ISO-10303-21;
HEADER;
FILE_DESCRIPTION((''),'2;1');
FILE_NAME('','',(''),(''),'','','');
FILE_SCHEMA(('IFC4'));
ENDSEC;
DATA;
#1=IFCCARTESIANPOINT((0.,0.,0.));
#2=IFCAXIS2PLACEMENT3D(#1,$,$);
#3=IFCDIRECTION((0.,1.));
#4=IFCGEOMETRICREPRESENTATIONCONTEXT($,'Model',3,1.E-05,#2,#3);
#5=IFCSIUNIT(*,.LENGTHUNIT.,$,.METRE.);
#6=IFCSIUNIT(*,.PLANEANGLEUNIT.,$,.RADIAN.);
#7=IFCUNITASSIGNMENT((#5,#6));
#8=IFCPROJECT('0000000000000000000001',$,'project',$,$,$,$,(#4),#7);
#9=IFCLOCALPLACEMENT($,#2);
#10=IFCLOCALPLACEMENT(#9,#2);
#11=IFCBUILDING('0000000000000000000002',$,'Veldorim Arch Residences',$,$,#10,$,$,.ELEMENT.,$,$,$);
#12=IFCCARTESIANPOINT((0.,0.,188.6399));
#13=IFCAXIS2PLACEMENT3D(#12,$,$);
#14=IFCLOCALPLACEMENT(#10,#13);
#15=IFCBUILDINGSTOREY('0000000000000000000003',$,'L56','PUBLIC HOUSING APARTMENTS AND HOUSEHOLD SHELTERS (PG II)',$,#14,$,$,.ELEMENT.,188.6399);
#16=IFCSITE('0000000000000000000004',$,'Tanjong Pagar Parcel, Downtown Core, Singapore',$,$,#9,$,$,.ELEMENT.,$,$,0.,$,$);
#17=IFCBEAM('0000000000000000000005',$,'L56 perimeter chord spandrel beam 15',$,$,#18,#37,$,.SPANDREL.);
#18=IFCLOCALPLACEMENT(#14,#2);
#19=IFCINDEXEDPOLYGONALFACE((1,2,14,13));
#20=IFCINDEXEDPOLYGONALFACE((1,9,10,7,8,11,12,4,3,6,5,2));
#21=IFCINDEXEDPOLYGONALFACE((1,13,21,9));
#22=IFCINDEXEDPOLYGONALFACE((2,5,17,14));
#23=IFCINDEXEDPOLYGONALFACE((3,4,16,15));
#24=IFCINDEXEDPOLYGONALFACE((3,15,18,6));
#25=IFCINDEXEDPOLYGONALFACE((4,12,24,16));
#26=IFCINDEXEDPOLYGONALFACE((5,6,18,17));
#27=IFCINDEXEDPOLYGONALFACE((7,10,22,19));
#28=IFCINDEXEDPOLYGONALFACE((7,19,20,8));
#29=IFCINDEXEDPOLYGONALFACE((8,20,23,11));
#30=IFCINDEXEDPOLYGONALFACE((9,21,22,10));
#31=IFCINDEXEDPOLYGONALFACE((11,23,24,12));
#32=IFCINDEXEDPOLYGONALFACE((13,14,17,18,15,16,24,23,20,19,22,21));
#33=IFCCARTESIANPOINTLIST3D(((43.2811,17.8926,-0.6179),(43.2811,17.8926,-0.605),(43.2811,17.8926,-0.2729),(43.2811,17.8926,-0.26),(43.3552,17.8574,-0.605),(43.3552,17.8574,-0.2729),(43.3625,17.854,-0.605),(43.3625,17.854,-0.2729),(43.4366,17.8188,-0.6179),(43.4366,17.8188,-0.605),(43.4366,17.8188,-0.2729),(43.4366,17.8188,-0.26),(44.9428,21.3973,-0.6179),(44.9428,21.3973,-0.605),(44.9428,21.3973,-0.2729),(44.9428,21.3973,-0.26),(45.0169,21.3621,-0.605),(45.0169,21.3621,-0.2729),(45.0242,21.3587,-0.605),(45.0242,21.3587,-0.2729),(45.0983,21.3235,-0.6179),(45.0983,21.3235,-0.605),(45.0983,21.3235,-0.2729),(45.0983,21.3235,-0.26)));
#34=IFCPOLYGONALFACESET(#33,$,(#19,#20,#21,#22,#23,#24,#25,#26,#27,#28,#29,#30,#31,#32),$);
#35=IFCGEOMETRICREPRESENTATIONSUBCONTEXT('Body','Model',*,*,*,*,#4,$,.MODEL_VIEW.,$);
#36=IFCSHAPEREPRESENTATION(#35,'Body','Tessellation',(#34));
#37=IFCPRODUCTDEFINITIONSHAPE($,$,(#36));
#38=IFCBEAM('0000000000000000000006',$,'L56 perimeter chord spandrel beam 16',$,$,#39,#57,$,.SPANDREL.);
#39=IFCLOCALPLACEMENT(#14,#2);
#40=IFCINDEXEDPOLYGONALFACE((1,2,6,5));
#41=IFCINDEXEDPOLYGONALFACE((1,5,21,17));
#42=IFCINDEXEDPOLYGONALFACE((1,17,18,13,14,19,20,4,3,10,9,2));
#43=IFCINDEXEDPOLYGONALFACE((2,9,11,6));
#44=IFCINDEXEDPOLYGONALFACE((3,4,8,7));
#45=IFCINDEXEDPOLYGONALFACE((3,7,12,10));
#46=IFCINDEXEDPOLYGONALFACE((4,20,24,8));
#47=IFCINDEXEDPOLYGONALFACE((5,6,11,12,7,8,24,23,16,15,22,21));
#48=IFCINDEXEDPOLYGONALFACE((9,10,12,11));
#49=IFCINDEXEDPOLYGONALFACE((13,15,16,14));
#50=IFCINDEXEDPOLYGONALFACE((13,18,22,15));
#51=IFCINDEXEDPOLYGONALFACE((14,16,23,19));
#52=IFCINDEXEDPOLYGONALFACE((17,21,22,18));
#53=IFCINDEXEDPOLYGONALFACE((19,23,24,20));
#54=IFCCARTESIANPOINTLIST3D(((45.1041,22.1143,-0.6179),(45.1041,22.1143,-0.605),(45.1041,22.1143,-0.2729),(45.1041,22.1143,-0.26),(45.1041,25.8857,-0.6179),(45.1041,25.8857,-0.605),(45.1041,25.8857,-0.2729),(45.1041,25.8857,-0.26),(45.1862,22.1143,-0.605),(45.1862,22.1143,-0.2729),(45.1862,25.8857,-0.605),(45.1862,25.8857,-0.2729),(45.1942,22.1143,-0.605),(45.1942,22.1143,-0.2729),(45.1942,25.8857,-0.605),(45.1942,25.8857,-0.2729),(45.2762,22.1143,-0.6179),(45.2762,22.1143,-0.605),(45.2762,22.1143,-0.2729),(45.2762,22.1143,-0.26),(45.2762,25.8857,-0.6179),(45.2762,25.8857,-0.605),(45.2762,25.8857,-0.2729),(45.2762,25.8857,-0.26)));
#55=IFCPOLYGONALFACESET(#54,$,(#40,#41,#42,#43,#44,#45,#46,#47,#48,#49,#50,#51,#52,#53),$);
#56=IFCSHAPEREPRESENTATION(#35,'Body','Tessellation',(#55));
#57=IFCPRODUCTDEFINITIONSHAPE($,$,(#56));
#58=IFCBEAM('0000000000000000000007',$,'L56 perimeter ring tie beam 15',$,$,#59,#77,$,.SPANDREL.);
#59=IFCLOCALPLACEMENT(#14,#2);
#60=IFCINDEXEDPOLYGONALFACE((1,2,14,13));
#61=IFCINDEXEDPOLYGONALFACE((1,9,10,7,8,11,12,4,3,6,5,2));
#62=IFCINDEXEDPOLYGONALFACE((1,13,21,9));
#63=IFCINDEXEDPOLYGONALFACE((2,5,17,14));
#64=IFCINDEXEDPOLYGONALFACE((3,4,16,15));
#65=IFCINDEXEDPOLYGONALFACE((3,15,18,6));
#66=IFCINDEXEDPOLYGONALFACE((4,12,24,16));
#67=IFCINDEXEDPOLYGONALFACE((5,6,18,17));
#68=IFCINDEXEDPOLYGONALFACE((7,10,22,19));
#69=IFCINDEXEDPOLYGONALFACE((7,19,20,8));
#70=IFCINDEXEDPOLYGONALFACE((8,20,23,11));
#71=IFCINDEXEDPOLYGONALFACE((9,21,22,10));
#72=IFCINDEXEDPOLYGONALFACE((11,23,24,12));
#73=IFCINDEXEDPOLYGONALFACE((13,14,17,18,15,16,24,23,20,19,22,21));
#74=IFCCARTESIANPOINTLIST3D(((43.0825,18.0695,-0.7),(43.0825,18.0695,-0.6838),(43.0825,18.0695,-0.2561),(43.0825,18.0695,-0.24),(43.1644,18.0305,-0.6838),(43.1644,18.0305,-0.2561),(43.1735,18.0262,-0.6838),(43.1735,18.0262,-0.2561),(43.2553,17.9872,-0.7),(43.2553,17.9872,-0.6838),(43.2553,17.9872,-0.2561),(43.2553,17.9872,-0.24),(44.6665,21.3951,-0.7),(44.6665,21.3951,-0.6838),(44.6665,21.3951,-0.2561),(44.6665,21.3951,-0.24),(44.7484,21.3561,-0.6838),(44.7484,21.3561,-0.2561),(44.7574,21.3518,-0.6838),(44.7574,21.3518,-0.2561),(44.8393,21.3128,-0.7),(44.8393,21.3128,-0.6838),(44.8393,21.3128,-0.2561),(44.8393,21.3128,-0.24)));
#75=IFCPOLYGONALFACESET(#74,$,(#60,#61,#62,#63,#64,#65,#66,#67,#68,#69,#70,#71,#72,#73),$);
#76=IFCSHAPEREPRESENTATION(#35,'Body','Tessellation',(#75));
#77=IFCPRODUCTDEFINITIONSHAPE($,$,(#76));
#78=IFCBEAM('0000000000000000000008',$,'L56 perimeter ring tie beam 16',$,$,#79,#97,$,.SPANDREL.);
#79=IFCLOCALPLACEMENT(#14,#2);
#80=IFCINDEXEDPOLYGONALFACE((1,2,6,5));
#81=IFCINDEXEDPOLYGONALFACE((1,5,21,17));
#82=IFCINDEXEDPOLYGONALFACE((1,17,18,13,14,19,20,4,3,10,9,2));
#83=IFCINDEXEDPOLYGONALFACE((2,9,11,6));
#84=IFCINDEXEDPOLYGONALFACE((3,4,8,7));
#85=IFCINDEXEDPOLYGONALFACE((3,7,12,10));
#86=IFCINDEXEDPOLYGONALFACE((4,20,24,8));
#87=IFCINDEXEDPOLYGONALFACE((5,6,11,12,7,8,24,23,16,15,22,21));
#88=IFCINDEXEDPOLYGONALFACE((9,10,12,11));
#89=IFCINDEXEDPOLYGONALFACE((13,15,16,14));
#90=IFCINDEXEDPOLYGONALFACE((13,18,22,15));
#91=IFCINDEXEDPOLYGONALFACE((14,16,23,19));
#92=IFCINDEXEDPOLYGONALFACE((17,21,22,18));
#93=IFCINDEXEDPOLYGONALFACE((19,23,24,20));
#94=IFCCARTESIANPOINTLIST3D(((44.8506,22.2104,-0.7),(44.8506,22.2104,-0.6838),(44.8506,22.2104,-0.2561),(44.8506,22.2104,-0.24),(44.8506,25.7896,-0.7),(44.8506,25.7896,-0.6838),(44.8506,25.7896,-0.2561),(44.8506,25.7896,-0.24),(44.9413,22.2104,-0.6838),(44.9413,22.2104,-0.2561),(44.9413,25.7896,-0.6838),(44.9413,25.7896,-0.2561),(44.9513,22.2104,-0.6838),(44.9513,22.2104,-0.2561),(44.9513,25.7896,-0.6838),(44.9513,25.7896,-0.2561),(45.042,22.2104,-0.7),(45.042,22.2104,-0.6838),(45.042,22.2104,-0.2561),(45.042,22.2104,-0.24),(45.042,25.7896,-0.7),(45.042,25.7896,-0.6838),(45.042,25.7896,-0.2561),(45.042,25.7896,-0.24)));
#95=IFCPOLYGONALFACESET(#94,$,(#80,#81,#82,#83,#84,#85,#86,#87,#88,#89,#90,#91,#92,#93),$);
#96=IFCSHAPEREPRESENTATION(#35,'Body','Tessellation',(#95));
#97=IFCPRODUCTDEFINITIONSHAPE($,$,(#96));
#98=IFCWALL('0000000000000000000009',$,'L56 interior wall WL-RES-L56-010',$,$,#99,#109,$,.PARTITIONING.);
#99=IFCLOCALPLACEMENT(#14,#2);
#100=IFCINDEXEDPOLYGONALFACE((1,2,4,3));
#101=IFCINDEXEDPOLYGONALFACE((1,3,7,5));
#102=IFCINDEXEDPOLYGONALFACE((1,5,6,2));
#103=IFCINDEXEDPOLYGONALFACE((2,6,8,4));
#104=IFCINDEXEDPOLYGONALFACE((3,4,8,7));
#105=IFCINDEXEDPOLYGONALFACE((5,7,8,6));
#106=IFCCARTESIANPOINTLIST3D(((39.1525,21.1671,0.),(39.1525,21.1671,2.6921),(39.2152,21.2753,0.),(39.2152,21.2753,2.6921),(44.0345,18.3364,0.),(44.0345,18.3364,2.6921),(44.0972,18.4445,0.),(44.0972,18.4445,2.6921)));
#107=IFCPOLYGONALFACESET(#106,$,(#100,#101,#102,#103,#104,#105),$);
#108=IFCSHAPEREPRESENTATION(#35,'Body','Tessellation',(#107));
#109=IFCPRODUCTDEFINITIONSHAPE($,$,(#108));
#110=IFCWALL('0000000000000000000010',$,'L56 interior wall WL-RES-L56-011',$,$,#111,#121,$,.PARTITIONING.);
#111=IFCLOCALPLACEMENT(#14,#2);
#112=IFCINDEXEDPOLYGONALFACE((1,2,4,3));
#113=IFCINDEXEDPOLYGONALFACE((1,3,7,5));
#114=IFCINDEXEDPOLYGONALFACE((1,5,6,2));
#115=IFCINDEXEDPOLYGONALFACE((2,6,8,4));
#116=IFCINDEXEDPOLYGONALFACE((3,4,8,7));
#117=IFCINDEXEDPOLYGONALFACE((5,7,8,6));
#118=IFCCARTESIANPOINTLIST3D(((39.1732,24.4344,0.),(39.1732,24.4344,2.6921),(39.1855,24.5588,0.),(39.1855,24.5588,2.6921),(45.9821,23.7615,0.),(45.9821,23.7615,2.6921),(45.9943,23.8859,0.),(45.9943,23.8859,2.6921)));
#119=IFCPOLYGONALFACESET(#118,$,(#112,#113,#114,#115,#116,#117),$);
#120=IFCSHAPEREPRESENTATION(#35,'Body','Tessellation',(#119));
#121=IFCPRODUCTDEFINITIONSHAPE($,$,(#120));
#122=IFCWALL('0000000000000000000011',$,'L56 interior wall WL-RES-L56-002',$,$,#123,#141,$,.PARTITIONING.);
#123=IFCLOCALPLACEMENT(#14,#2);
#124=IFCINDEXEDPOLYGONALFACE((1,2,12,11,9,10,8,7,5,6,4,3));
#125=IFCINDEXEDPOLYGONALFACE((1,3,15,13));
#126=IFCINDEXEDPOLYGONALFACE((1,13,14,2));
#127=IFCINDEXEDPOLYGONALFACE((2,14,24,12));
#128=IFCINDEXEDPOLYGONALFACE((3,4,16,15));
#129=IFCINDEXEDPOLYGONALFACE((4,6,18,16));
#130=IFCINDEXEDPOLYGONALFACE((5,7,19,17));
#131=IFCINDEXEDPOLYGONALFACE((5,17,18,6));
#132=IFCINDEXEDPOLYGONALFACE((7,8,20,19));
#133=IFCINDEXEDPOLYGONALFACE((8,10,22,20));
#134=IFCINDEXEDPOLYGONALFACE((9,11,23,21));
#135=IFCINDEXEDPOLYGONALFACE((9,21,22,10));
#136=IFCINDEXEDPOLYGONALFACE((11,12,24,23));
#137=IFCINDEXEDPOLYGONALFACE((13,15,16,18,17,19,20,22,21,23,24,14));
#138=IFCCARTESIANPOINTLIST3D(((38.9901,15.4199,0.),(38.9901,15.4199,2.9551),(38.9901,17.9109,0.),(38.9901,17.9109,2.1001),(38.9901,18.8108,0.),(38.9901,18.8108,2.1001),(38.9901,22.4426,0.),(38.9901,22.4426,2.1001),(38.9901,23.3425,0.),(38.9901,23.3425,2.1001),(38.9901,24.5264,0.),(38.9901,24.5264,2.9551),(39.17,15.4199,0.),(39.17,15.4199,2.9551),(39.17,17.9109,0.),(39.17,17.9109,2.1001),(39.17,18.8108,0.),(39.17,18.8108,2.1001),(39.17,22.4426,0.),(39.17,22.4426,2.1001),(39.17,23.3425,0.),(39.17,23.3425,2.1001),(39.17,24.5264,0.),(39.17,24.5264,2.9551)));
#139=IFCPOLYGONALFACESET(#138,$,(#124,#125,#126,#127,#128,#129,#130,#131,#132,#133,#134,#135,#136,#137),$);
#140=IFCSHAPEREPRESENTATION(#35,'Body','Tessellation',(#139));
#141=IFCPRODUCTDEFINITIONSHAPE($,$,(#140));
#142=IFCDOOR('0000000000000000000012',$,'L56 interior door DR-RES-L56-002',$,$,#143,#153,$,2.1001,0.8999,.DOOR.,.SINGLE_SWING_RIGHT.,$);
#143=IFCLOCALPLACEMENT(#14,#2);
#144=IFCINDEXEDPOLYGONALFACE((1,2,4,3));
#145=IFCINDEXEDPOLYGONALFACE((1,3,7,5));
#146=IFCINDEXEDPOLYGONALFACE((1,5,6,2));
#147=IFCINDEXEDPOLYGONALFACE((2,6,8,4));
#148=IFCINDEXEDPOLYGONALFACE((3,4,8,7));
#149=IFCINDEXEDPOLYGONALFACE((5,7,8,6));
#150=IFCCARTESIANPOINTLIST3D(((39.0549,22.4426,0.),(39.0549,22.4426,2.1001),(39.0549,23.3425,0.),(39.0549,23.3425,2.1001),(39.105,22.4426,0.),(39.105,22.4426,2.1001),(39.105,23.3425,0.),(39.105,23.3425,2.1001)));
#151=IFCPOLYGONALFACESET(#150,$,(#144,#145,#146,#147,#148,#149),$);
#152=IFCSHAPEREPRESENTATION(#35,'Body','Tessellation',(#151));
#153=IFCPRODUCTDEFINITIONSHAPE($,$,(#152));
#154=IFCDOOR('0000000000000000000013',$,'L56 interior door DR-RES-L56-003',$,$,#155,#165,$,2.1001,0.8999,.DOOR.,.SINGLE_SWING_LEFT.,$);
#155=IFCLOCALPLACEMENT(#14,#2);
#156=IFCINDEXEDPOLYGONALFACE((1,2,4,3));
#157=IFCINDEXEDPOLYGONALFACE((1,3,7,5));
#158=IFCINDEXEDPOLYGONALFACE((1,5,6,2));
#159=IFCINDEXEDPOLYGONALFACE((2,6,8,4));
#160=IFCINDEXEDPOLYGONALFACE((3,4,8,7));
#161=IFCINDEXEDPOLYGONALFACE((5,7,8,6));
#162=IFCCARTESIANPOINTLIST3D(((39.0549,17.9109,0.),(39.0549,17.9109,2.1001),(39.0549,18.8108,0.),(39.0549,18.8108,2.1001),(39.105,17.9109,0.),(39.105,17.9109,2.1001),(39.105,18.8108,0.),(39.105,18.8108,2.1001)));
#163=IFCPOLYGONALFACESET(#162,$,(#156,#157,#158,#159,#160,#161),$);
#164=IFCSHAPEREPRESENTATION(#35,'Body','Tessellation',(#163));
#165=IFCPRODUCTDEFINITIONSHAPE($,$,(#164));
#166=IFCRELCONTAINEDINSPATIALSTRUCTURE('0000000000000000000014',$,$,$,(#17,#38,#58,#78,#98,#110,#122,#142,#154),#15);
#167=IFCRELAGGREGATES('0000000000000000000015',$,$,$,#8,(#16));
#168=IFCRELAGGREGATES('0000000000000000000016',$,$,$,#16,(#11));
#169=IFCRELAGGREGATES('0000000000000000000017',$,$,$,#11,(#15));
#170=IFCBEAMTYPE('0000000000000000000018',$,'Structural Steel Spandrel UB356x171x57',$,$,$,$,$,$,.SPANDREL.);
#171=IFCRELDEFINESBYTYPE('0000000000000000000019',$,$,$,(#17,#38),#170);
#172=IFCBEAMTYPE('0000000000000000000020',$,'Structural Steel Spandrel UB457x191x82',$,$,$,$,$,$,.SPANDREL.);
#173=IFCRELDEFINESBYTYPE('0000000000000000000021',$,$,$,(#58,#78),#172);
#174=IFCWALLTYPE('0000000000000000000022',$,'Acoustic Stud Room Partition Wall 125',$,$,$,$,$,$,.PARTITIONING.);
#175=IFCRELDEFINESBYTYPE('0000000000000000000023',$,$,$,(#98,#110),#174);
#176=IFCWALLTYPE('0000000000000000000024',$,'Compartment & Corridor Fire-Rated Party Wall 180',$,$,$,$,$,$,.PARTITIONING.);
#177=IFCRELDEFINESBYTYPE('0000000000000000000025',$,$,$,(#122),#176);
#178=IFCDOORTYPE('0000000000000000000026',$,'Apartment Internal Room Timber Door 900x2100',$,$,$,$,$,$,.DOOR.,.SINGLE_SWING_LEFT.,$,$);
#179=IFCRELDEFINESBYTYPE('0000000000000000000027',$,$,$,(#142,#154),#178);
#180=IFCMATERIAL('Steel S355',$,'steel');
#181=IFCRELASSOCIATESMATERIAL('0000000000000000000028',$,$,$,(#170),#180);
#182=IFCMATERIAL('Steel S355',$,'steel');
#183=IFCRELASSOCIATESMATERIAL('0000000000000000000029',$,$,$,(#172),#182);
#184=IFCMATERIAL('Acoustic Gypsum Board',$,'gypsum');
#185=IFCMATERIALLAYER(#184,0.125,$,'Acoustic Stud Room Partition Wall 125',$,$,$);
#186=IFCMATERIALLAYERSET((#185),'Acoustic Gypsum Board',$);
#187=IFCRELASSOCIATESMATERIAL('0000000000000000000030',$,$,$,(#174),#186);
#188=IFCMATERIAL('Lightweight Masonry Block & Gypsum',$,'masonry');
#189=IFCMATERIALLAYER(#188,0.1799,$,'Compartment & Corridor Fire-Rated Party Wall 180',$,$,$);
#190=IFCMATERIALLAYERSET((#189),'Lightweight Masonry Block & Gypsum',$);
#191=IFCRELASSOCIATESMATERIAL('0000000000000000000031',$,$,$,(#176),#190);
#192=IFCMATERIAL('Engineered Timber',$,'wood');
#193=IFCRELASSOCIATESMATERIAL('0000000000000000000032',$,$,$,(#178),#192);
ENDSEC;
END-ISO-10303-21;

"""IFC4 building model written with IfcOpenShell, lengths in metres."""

from ifc_helpers import new_model, si_unit, direction, frame, frame_2d, origin, origin_2d, place, context, subcontext, project, spatial, rectangle, i_section, extrude, material, layer, layer_set, material_profile, profile_set, type_object, element, fill, save


model = new_model("IFC4")

# Units and contexts
model_context = context("Model", 3, precision=1e-05, world=origin(), true_north=direction((0.0, 1.0)))
body_context = subcontext(model_context, "Body", "Model", "MODEL_VIEW")
ifc_project = project(units=[si_unit("LENGTHUNIT", "METRE"), si_unit("PLANEANGLEUNIT", "RADIAN")], contexts=[model_context])

# Site, building, storey
site_placement = place(None, origin())
site = spatial("IfcSite", under=ifc_project, at=site_placement, Name="Tanjong Pagar Parcel, Downtown Core, Singapore", CompositionType="ELEMENT", RefElevation=0.0)
building_placement = place(site_placement, origin())
building = spatial("IfcBuilding", under=site, at=building_placement, Name="Veldorim Arch Residences", CompositionType="ELEMENT")
storey_placement = place(building_placement, frame((0.0, 0.0, 188.6399)))
storey = spatial("IfcBuildingStorey", under=building, at=storey_placement, Name="L56", Description="PUBLIC HOUSING APARTMENTS AND HOUSEHOLD SHELTERS (PG II)", CompositionType="ELEMENT", Elevation=188.6399)

# Beams
ifc_material_1 = material(Name="Steel S355", Category="steel")
ifc_material_profile_1 = material_profile(ifc_material_1, i_section(OverallWidth=0.1721, OverallDepth=0.3579, WebThickness=0.0081, FlangeThickness=0.0129, at=origin_2d()), Name="UB356x171x57")
ifc_profile_set_1 = profile_set([ifc_material_profile_1], Name="Steel S355")
beam_type_1 = type_object("IfcBeamType", Name="Structural Steel Spandrel UB356x171x57", PredefinedType="SPANDREL", material=ifc_profile_set_1)
beam_1_placement = place(storey_placement, frame((43.3589, 17.8557, -0.439), z_axis=(0.428408, 0.903585, 0.0), x_axis=(-0.903585, 0.428408, 0.0)))
element("IfcBeam", 1, at=beam_1_placement, inside=storey, type_object=beam_type_1, Name="L56 perimeter chord spandrel beam 15", PredefinedType="SPANDREL", context=body_context, shape_type="SweptSolid", body=[
    extrude(i_section(OverallWidth=0.1721, OverallDepth=0.3579, WebThickness=0.0081, FlangeThickness=0.0129, at=origin_2d()), origin(), (0.0, 0.0, 1.0), 3.8787),
])
beam_2_placement = place(storey_placement, frame((45.1902, 22.1143, -0.439), z_axis=(0.0, 1.0, 0.0), x_axis=(-1.0, 0.0, 0.0)))
element("IfcBeam", 2, at=beam_2_placement, inside=storey, type_object=beam_type_1, Name="L56 perimeter chord spandrel beam 16", PredefinedType="SPANDREL", context=body_context, shape_type="SweptSolid", body=[
    extrude(i_section(OverallWidth=0.1721, OverallDepth=0.3579, WebThickness=0.0081, FlangeThickness=0.0129, at=origin_2d()), origin(), (0.0, 0.0, 1.0), 3.7715),
])
ifc_material_2 = material(Name="Steel S355", Category="steel")
ifc_material_profile_2 = material_profile(ifc_material_2, i_section(OverallWidth=0.1914, OverallDepth=0.46, WebThickness=0.01, FlangeThickness=0.0161, at=origin_2d()), Name="UB457x191x82")
ifc_profile_set_2 = profile_set([ifc_material_profile_2], Name="Steel S355")
beam_type_2 = type_object("IfcBeamType", Name="Structural Steel Spandrel UB457x191x82", PredefinedType="SPANDREL", material=ifc_profile_set_2)
beam_3_placement = place(storey_placement, frame((43.1689, 18.0283, -0.47), z_axis=(0.430006, 0.902826, 0.0), x_axis=(-0.902826, 0.430006, 0.0)))
element("IfcBeam", 3, at=beam_3_placement, inside=storey, type_object=beam_type_2, Name="L56 perimeter ring tie beam 15", PredefinedType="SPANDREL", context=body_context, shape_type="SweptSolid", body=[
    extrude(i_section(OverallWidth=0.1914, OverallDepth=0.46, WebThickness=0.01, FlangeThickness=0.0161, at=origin_2d()), origin(), (0.0, 0.0, 1.0), 3.6836),
])
beam_4_placement = place(storey_placement, frame((44.9463, 22.2104, -0.47), z_axis=(0.0, 1.0, 0.0), x_axis=(-1.0, 0.0, 0.0)))
element("IfcBeam", 4, at=beam_4_placement, inside=storey, type_object=beam_type_2, Name="L56 perimeter ring tie beam 16", PredefinedType="SPANDREL", context=body_context, shape_type="SweptSolid", body=[
    extrude(i_section(OverallWidth=0.1914, OverallDepth=0.46, WebThickness=0.01, FlangeThickness=0.0161, at=origin_2d()), origin(), (0.0, 0.0, 1.0), 3.5791),
])

# Walls
ifc_material_3 = material(Name="Acoustic Gypsum Board", Category="gypsum")
ifc_layer_1 = layer(ifc_material_3, 0.125, Name="Acoustic Stud Room Partition Wall 125")
ifc_layer_set_1 = layer_set([ifc_layer_1], Name="Acoustic Gypsum Board")
wall_type_1 = type_object("IfcWallType", Name="Acoustic Stud Room Partition Wall 125", PredefinedType="PARTITIONING", material=ifc_layer_set_1)
wall_1_placement = place(storey_placement, frame((44.0659, 18.3904, 0.0), z_axis=(0.0, 0.0, 1.0), x_axis=(-0.865092, 0.501613, 0.0)))
element("IfcWall", 5, at=wall_1_placement, inside=storey, type_object=wall_type_1, Name="L56 interior wall WL-RES-L56-010", PredefinedType="PARTITIONING", context=body_context, shape_type="SweptSolid", body=[
    extrude(rectangle(XDim=5.6433, YDim=0.125, at=frame_2d((2.8218, 0.0))), origin(), (0.0, 0.0, 1.0), 2.6921),
])
wall_2_placement = place(storey_placement, frame((39.1794, 24.4966, 0.0), z_axis=(0.0, 0.0, 1.0), x_axis=(0.995153, -0.098341, 0.0)))
element("IfcWall", 6, at=wall_2_placement, inside=storey, type_object=wall_type_1, Name="L56 interior wall WL-RES-L56-011", PredefinedType="PARTITIONING", context=body_context, shape_type="SweptSolid", body=[
    extrude(rectangle(XDim=6.842, YDim=0.125, at=frame_2d((3.4209, 0.0))), origin(), (0.0, 0.0, 1.0), 2.6921),
])

# Wall, openings, doors
ifc_material_4 = material(Name="Lightweight Masonry Block & Gypsum", Category="masonry")
ifc_layer_2 = layer(ifc_material_4, 0.1799, Name="Compartment & Corridor Fire-Rated Party Wall 180")
ifc_layer_set_2 = layer_set([ifc_layer_2], Name="Lightweight Masonry Block & Gypsum")
wall_type_2 = type_object("IfcWallType", Name="Compartment & Corridor Fire-Rated Party Wall 180", PredefinedType="PARTITIONING", material=ifc_layer_set_2)
wall_3_placement = place(storey_placement, frame((39.0801, 24.5264, 0.0), z_axis=(0.0, 0.0, 1.0), x_axis=(0.0, -1.0, 0.0)))
wall_3 = element("IfcWall", 7, at=wall_3_placement, inside=storey, type_object=wall_type_2, Name="L56 interior wall WL-RES-L56-002", PredefinedType="PARTITIONING", context=body_context, shape_type="SweptSolid", body=[
    extrude(rectangle(XDim=9.1064, YDim=0.1799, at=frame_2d((4.5532, 0.0))), origin(), (0.0, 0.0, 1.0), 2.9551),
])
opening_1_placement = place(wall_3_placement, frame((1.1838, 0.0, 0.0)))
opening_1 = element("IfcOpeningElement", 8, at=opening_1_placement, cuts=wall_3, PredefinedType="OPENING", context=body_context, shape_type="SweptSolid", body=[
    extrude(rectangle(XDim=0.8999, YDim=2.1001, at=frame_2d((0.45, 1.05))), frame((0.0, 0.0999, 0.0), z_axis=(0.0, -1.0, 0.0), x_axis=(1.0, 0.0, 0.0)), (0.0, 0.0, 1.0), 0.2),
])
opening_2_placement = place(wall_3_placement, frame((5.7156, 0.0, 0.0)))
opening_2 = element("IfcOpeningElement", 9, at=opening_2_placement, cuts=wall_3, PredefinedType="OPENING", context=body_context, shape_type="SweptSolid", body=[
    extrude(rectangle(XDim=0.8999, YDim=2.1001, at=frame_2d((0.45, 1.05))), frame((0.0, 0.0999, 0.0), z_axis=(0.0, -1.0, 0.0), x_axis=(1.0, 0.0, 0.0)), (0.0, 0.0, 1.0), 0.2),
])
ifc_material_5 = material(Name="Engineered Timber", Category="wood")
door_type = type_object("IfcDoorType", Name="Apartment Internal Room Timber Door 900x2100", OperationType="SINGLE_SWING_LEFT", PredefinedType="DOOR", material=ifc_material_5)
door_1_placement = place(opening_1_placement, origin())
door_1 = element("IfcDoor", 10, at=door_1_placement, inside=storey, type_object=door_type, Name="L56 interior door DR-RES-L56-002", OperationType="SINGLE_SWING_RIGHT", OverallHeight=2.1001, OverallWidth=0.8999, PredefinedType="DOOR", context=body_context, shape_type="SweptSolid", body=[
    extrude(rectangle(XDim=0.8999, YDim=2.1001, at=frame_2d((0.45, 1.05))), frame((0.0, 0.0249, 0.0), z_axis=(0.0, -1.0, 0.0), x_axis=(1.0, 0.0, 0.0)), (0.0, 0.0, 1.0), 0.05),
])
fill(opening_1, door_1)
door_2_placement = place(opening_2_placement, origin())
door_2 = element("IfcDoor", 11, at=door_2_placement, inside=storey, type_object=door_type, Name="L56 interior door DR-RES-L56-003", OperationType="SINGLE_SWING_LEFT", OverallHeight=2.1001, OverallWidth=0.8999, PredefinedType="DOOR", context=body_context, shape_type="SweptSolid", body=[
    extrude(rectangle(XDim=0.8999, YDim=2.1001, at=frame_2d((0.45, 1.05))), frame((0.0, 0.0249, 0.0), z_axis=(0.0, -1.0, 0.0), x_axis=(1.0, 0.0, 0.0)), (0.0, 0.0, 1.0), 0.05),
])
fill(opening_2, door_2)

save(model, "model.ifc")
